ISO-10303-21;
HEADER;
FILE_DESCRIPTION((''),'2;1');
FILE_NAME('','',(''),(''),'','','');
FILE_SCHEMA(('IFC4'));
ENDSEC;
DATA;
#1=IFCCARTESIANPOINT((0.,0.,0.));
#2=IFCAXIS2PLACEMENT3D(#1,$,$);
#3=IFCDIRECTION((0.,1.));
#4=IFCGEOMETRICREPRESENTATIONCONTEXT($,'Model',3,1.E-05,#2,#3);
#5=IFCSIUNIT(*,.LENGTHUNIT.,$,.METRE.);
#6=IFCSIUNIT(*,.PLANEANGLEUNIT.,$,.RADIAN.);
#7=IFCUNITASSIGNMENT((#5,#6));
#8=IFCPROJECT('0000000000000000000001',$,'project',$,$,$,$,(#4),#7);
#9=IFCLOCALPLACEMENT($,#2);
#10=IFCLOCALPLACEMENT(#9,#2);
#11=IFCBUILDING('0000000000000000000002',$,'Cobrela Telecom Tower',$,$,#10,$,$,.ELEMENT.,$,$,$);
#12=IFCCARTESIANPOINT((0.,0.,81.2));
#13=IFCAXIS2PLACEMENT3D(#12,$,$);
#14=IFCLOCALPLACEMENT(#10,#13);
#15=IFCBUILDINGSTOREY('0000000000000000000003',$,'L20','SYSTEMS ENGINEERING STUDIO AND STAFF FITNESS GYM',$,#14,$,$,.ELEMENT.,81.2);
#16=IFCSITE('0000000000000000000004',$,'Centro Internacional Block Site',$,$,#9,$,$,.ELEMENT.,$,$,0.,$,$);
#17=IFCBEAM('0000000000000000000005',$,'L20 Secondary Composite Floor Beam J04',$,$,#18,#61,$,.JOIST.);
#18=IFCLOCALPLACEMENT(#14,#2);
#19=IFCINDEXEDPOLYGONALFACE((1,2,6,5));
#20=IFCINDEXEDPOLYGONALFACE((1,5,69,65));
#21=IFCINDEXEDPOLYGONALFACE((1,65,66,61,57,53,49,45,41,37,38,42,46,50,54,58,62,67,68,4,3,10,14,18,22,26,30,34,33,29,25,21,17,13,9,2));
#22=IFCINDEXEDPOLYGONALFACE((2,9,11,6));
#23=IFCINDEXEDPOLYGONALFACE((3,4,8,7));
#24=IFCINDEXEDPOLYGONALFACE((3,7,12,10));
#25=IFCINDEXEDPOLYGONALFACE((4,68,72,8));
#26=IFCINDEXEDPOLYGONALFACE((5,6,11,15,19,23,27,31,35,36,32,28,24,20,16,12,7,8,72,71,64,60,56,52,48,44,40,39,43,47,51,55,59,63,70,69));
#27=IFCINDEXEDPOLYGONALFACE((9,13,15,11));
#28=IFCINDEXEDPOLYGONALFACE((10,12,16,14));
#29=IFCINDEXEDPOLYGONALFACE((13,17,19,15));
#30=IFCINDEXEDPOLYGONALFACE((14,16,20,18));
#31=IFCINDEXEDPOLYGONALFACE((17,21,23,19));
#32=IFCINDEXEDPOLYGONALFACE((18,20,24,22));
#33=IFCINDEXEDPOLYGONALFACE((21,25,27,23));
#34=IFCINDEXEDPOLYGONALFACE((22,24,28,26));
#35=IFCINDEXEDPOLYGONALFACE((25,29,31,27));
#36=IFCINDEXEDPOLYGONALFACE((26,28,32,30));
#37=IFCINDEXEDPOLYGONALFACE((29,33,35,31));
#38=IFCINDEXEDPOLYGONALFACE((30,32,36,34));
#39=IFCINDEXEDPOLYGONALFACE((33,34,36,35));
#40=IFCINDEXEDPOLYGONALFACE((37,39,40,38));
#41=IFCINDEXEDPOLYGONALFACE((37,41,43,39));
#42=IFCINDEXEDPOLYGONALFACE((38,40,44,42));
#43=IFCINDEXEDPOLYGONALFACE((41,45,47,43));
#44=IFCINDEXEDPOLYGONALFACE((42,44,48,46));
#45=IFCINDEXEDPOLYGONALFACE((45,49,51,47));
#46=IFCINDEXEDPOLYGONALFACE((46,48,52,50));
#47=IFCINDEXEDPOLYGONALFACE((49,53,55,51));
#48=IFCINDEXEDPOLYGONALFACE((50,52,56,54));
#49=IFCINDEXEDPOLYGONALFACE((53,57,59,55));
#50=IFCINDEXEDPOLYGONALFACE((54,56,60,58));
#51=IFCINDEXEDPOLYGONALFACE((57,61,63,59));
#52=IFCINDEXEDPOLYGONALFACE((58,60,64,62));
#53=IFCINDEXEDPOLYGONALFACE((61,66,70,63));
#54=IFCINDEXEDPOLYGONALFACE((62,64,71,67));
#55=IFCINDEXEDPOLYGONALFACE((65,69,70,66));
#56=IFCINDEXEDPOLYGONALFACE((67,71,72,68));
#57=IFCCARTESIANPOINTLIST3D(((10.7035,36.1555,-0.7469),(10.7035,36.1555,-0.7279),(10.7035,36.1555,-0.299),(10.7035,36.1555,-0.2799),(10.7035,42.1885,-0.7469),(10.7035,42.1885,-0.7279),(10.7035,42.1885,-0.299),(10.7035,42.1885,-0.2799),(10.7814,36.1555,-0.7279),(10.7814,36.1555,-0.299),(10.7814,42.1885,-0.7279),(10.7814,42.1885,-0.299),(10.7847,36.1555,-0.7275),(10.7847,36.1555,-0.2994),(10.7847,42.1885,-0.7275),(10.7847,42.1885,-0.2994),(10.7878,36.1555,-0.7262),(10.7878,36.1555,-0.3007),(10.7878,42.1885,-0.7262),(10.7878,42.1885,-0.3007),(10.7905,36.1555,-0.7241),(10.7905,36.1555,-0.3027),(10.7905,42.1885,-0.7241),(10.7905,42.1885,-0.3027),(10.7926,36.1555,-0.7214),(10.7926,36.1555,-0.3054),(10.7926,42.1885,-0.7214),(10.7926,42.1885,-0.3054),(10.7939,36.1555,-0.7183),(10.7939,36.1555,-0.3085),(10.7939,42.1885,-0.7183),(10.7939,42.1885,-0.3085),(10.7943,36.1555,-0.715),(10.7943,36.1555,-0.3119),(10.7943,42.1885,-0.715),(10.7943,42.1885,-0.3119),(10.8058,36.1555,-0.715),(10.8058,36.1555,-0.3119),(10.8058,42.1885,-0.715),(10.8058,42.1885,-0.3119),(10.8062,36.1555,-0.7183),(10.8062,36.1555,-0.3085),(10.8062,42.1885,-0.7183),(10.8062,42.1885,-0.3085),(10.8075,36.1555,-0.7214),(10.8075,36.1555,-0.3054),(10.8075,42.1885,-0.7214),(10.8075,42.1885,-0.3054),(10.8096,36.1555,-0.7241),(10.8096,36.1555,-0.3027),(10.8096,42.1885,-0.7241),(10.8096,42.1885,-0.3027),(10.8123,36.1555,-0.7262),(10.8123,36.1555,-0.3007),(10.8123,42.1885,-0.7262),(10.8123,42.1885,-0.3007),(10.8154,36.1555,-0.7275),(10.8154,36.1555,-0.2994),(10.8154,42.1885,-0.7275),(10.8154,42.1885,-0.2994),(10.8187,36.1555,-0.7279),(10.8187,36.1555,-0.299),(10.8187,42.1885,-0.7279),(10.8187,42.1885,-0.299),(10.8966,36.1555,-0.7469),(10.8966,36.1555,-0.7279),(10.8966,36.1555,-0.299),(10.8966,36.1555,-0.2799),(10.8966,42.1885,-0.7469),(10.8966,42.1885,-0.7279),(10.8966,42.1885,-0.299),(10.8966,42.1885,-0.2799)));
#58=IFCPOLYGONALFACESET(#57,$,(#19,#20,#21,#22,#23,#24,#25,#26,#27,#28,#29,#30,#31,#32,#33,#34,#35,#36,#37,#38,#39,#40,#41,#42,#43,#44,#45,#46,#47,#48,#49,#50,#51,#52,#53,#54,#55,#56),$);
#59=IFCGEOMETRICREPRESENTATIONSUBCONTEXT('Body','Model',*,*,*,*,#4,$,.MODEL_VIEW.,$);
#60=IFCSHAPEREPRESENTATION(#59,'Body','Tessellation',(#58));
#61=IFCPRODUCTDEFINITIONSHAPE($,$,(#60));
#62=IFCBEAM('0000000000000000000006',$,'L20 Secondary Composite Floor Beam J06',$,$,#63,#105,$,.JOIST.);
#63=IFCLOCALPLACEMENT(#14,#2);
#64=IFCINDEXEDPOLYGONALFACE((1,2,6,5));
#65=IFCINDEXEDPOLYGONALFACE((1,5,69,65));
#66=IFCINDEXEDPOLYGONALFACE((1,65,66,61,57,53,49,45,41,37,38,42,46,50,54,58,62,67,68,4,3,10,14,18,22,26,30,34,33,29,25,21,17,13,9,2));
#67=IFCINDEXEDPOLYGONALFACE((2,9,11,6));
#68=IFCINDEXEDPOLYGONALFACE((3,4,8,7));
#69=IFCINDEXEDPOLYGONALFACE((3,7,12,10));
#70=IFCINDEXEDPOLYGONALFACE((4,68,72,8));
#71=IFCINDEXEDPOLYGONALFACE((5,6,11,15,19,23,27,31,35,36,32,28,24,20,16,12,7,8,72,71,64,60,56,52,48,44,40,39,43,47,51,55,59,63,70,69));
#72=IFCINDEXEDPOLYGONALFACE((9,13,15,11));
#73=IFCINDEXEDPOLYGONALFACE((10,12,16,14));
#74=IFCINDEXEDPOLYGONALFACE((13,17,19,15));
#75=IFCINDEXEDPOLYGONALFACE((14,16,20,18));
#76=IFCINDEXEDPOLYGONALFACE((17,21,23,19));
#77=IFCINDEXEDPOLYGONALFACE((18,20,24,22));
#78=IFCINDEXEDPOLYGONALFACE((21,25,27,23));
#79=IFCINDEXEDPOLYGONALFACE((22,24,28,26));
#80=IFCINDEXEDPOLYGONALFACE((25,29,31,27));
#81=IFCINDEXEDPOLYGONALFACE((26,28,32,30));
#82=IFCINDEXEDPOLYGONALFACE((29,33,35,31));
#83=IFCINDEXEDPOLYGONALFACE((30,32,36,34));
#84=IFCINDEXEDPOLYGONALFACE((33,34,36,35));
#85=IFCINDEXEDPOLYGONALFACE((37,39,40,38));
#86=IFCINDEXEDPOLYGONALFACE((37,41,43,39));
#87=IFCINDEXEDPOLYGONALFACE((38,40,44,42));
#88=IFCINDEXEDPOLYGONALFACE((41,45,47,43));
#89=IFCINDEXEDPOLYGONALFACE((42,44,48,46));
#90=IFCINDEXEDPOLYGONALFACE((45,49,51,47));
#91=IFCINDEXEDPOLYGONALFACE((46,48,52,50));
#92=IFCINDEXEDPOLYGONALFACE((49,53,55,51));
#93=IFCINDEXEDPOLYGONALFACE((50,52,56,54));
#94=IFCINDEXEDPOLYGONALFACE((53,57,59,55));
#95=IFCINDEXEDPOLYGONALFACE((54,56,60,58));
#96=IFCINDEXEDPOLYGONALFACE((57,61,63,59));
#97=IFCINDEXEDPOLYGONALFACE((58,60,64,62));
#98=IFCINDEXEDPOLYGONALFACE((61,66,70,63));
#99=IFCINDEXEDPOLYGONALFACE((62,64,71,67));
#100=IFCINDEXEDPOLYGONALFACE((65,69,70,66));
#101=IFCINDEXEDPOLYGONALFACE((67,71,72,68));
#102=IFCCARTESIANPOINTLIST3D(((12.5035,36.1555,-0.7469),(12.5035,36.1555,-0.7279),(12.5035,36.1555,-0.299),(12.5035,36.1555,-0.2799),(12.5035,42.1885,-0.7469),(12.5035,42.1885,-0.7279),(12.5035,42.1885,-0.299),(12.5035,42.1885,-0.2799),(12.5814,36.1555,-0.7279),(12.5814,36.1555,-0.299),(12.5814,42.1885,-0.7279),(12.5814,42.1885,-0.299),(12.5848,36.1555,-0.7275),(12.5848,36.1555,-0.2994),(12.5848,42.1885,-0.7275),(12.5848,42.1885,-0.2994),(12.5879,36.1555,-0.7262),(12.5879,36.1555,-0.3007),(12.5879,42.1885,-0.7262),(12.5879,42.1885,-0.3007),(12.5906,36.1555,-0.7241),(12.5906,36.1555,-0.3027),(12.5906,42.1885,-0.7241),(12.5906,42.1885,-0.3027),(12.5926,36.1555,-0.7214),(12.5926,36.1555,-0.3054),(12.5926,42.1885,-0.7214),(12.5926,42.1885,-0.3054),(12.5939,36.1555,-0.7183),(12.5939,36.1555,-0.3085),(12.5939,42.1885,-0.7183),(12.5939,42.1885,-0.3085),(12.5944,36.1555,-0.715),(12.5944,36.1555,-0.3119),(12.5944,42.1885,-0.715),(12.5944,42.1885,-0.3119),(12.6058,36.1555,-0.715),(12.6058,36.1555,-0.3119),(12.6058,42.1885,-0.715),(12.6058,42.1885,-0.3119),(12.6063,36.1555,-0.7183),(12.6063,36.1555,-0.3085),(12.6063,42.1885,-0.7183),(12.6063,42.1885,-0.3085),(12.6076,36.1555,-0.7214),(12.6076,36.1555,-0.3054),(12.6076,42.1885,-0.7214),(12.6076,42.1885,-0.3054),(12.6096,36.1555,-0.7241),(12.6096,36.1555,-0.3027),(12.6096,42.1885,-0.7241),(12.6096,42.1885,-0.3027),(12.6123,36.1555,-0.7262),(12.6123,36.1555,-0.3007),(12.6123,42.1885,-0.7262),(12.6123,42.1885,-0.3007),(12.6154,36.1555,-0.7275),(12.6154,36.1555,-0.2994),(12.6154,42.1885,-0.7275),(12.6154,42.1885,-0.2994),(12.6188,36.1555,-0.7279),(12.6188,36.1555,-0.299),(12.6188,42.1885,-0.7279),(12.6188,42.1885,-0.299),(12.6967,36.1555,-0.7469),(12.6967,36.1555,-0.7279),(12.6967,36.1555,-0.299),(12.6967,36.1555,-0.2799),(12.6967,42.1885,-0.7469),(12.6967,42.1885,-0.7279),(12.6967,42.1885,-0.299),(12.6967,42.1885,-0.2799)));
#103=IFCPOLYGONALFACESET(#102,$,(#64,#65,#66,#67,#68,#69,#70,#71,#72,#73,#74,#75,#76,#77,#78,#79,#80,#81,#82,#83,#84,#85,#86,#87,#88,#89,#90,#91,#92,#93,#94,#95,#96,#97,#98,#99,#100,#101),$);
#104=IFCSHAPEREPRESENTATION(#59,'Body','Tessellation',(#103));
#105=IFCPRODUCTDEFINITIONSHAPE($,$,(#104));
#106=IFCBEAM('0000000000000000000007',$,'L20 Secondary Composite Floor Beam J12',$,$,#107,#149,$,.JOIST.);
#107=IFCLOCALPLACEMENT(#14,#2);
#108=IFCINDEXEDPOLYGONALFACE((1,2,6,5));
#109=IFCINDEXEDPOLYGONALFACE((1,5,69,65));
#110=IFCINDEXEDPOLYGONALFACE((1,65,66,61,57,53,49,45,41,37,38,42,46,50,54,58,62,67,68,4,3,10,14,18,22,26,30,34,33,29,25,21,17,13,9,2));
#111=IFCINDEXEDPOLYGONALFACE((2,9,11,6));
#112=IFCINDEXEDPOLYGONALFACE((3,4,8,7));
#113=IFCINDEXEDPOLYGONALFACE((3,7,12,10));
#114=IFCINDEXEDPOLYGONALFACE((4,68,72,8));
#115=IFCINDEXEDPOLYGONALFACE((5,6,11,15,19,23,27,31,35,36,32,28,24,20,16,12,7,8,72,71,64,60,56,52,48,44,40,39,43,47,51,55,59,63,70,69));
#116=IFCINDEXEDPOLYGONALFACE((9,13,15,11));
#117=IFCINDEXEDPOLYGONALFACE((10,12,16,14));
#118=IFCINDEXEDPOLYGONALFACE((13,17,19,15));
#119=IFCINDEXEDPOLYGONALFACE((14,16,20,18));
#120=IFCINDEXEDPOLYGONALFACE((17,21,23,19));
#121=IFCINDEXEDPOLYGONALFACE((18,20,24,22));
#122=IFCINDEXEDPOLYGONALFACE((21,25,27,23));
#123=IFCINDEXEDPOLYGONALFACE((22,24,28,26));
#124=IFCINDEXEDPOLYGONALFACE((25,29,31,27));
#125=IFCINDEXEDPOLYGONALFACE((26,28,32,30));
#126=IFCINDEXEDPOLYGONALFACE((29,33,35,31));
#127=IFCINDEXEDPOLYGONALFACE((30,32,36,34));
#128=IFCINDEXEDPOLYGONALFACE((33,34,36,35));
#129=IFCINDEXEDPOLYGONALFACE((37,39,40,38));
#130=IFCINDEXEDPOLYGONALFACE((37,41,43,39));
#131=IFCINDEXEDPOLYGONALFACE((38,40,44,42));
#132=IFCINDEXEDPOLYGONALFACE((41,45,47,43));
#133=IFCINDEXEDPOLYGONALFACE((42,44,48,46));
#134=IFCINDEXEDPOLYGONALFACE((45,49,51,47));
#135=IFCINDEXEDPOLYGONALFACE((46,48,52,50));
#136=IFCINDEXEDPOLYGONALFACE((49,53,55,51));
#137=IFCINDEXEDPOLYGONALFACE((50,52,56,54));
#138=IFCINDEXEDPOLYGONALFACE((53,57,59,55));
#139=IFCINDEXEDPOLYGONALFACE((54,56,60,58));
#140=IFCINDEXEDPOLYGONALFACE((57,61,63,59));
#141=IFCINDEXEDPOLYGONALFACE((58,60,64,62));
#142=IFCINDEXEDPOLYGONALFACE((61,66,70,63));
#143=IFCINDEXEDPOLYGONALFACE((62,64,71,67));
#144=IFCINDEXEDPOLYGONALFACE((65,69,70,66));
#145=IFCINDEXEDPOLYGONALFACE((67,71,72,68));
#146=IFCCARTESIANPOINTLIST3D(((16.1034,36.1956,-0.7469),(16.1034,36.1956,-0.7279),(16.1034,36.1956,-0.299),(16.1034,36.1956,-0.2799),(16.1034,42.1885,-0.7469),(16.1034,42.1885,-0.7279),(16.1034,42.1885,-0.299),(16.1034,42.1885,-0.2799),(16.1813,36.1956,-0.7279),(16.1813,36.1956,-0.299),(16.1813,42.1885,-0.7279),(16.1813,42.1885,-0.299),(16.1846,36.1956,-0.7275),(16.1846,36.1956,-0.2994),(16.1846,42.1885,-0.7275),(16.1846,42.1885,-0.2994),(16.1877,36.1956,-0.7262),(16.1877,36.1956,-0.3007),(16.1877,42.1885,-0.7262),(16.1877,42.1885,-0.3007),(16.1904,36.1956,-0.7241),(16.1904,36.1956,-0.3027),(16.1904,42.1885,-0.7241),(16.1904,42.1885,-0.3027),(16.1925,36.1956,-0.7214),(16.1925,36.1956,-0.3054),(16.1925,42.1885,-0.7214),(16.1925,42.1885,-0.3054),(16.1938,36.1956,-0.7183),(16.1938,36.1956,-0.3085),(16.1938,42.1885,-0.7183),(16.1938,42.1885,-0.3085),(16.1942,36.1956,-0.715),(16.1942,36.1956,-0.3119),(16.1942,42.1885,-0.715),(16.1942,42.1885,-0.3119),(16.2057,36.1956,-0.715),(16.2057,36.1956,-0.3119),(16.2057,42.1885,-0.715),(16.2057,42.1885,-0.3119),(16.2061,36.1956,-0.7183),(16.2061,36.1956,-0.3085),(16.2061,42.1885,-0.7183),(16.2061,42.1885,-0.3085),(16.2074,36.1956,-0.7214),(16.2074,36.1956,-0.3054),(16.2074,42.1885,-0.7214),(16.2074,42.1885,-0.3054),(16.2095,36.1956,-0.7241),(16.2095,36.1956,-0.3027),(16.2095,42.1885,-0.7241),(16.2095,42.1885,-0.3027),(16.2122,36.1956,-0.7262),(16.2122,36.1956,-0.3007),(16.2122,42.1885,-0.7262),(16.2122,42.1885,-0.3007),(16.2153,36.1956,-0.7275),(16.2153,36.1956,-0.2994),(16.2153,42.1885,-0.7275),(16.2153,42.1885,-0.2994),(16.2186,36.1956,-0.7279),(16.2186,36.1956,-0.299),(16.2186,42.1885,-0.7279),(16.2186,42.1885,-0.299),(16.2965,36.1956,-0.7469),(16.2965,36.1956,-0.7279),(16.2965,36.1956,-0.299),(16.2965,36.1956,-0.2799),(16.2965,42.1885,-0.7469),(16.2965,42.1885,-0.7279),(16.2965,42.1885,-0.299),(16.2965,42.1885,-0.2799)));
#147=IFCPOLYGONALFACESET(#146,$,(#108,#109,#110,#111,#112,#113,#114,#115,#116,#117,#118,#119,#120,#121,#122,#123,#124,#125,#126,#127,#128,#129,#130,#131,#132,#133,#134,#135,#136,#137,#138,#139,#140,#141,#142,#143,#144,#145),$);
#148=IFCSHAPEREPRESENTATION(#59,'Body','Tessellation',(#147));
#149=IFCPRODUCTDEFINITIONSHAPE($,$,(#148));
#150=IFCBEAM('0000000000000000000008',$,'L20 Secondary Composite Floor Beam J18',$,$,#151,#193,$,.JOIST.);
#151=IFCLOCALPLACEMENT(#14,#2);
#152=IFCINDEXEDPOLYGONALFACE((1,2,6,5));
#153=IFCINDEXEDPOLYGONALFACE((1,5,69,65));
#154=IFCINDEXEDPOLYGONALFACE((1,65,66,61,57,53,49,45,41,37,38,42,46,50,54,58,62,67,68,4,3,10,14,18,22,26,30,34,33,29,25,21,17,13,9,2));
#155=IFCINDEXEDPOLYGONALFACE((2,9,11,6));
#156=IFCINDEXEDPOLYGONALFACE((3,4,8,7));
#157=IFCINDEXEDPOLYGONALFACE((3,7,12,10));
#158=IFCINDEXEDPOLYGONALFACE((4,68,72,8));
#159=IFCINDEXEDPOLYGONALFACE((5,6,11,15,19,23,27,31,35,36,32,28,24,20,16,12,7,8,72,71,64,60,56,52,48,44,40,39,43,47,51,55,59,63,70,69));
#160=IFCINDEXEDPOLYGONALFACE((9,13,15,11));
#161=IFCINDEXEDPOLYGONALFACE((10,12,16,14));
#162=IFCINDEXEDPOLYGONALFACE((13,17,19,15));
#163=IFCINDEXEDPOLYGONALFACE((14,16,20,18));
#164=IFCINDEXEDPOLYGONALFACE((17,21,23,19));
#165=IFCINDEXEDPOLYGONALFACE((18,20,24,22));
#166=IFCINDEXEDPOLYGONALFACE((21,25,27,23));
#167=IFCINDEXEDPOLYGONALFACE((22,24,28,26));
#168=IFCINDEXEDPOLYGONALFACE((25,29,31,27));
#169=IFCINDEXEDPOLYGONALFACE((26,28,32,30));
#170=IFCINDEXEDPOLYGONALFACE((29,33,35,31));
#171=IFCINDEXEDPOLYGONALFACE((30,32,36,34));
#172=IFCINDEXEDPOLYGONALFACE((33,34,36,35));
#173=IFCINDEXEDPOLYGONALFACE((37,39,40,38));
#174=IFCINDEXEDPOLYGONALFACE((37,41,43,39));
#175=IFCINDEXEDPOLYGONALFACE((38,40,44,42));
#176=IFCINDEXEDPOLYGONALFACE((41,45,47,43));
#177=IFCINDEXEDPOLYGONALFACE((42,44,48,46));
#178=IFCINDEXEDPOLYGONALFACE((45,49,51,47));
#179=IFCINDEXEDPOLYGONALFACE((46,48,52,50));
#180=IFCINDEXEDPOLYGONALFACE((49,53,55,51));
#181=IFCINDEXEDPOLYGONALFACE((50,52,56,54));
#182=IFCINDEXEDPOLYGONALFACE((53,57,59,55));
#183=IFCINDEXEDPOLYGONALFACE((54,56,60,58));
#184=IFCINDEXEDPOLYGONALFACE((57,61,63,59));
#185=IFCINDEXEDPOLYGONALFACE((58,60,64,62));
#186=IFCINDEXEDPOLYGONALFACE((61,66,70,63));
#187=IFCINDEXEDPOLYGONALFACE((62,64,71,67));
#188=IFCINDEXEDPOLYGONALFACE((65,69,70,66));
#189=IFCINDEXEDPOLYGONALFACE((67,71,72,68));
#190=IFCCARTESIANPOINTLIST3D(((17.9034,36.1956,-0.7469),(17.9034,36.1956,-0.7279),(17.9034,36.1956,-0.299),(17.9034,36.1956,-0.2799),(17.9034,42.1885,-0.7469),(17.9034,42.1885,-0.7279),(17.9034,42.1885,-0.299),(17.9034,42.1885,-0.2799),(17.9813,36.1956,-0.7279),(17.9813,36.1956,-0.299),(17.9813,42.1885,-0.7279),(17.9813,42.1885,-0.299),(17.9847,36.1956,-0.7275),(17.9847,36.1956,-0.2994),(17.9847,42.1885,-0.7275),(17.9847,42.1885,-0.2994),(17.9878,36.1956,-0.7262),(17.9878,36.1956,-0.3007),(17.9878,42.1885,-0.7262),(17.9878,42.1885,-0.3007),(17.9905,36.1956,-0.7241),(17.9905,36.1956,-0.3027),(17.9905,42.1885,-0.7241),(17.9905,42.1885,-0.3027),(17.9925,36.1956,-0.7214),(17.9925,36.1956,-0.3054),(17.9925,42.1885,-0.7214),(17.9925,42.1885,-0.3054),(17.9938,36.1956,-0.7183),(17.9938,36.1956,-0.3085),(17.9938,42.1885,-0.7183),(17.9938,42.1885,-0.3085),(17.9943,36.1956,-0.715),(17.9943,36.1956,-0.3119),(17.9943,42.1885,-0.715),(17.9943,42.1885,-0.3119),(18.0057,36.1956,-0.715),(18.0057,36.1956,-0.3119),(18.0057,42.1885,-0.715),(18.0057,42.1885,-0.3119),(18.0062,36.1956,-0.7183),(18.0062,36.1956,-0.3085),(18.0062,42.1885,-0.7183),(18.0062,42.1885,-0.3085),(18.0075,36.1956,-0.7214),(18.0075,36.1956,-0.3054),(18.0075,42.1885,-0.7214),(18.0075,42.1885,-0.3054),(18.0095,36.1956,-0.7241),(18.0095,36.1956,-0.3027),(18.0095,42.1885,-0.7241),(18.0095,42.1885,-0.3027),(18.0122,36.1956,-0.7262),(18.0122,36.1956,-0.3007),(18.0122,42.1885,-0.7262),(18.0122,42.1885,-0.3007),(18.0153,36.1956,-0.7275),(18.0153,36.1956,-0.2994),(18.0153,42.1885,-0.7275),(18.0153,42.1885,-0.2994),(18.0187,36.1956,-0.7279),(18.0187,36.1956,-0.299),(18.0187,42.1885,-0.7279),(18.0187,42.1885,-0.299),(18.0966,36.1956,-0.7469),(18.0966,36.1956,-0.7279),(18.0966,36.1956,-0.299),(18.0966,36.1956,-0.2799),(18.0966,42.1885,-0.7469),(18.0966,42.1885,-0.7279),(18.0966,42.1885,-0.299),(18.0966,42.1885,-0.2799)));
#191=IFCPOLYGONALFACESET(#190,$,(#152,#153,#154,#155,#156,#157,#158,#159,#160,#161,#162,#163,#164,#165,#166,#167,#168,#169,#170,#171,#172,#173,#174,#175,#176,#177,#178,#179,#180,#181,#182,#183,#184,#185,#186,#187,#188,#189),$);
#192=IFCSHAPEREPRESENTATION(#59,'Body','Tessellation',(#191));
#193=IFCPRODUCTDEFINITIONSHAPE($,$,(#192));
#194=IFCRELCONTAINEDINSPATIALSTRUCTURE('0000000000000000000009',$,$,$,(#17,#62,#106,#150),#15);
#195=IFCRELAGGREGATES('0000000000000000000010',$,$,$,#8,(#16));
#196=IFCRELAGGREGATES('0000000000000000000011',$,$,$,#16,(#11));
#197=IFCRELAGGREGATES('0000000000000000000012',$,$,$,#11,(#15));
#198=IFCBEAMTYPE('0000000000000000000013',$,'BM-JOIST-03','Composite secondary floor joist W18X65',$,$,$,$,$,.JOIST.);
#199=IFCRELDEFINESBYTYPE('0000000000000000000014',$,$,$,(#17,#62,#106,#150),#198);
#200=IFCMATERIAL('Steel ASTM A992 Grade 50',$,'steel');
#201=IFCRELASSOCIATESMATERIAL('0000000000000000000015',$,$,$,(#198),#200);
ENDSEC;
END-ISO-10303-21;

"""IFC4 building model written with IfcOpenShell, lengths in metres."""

from ifc_helpers import new_model, si_unit, direction, frame, origin, origin_2d, place, context, subcontext, project, spatial, i_section, extrude, material, material_profile, profile_set, type_object, element, save


model = new_model("IFC4")

# Units and contexts
model_context = context("Model", 3, precision=1e-05, world=origin(), true_north=direction((0.0, 1.0)))
body_context = subcontext(model_context, "Body", "Model", "MODEL_VIEW")
ifc_project = project(units=[si_unit("LENGTHUNIT", "METRE"), si_unit("PLANEANGLEUNIT", "RADIAN")], contexts=[model_context])

# Site, building, storey
site_placement = place(None, origin())
site = spatial("IfcSite", under=ifc_project, at=site_placement, Name="Centro Internacional Block Site", CompositionType="ELEMENT", RefElevation=0.0)
building_placement = place(site_placement, origin())
building = spatial("IfcBuilding", under=site, at=building_placement, Name="Cobrela Telecom Tower", CompositionType="ELEMENT")
storey_placement = place(building_placement, frame((0.0, 0.0, 81.2)))
storey = spatial("IfcBuildingStorey", under=building, at=storey_placement, Name="L20", Description="SYSTEMS ENGINEERING STUDIO AND STAFF FITNESS GYM", CompositionType="ELEMENT", Elevation=81.2)

# Beams
ifc_material_1 = material(Name="Steel ASTM A992 Grade 50", Category="steel")
ifc_material_profile_1 = material_profile(ifc_material_1, i_section(OverallWidth=0.1931, OverallDepth=0.467, WebThickness=0.0115, FlangeThickness=0.019, FilletRadius=0.0129, at=origin_2d()), Name="W18X65")
ifc_profile_set_1 = profile_set([ifc_material_profile_1], Name="Steel ASTM A992 Grade 50")
beam_type_1 = type_object("IfcBeamType", Name="BM-JOIST-03", Description="Composite secondary floor joist W18X65", PredefinedType="JOIST", material=ifc_profile_set_1)
for number, where, z_axis, x_axis, name in (
    (1, (10.8, 36.1555, -0.5134), (0.0, 1.0, 0.0), (-1.0, 0.0, 0.0), "L20 Secondary Composite Floor Beam J04"),
    (2, (12.6001, 36.1555, -0.5134), (0.0, 1.0, 0.0), (-1.0, 0.0, 0.0), "L20 Secondary Composite Floor Beam J06"),
):
    element("IfcBeam", number, at=place(storey_placement, frame(where, z_axis=z_axis, x_axis=x_axis)), inside=storey, type_object=beam_type_1, Name=name, PredefinedType="JOIST", context=body_context, shape_type="SweptSolid", body=[
        extrude(i_section(OverallWidth=0.1931, OverallDepth=0.467, WebThickness=0.0115, FlangeThickness=0.019, FilletRadius=0.0129, at=origin_2d()), origin(), (0.0, 0.0, 1.0), 6.033),
    ])
for number, where, z_axis, x_axis, name in (
    (3, (16.2, 36.1956, -0.5134), (0.0, 1.0, 0.0), (-1.0, 0.0, 0.0), "L20 Secondary Composite Floor Beam J12"),
    (4, (18.0, 36.1956, -0.5134), (0.0, 1.0, 0.0), (-1.0, 0.0, 0.0), "L20 Secondary Composite Floor Beam J18"),
):
    element("IfcBeam", number, at=place(storey_placement, frame(where, z_axis=z_axis, x_axis=x_axis)), inside=storey, type_object=beam_type_1, Name=name, PredefinedType="JOIST", context=body_context, shape_type="SweptSolid", body=[
        extrude(i_section(OverallWidth=0.1931, OverallDepth=0.467, WebThickness=0.0115, FlangeThickness=0.019, FilletRadius=0.0129, at=origin_2d()), origin(), (0.0, 0.0, 1.0), 5.9929),
    ])

save(model, "model.ifc")
